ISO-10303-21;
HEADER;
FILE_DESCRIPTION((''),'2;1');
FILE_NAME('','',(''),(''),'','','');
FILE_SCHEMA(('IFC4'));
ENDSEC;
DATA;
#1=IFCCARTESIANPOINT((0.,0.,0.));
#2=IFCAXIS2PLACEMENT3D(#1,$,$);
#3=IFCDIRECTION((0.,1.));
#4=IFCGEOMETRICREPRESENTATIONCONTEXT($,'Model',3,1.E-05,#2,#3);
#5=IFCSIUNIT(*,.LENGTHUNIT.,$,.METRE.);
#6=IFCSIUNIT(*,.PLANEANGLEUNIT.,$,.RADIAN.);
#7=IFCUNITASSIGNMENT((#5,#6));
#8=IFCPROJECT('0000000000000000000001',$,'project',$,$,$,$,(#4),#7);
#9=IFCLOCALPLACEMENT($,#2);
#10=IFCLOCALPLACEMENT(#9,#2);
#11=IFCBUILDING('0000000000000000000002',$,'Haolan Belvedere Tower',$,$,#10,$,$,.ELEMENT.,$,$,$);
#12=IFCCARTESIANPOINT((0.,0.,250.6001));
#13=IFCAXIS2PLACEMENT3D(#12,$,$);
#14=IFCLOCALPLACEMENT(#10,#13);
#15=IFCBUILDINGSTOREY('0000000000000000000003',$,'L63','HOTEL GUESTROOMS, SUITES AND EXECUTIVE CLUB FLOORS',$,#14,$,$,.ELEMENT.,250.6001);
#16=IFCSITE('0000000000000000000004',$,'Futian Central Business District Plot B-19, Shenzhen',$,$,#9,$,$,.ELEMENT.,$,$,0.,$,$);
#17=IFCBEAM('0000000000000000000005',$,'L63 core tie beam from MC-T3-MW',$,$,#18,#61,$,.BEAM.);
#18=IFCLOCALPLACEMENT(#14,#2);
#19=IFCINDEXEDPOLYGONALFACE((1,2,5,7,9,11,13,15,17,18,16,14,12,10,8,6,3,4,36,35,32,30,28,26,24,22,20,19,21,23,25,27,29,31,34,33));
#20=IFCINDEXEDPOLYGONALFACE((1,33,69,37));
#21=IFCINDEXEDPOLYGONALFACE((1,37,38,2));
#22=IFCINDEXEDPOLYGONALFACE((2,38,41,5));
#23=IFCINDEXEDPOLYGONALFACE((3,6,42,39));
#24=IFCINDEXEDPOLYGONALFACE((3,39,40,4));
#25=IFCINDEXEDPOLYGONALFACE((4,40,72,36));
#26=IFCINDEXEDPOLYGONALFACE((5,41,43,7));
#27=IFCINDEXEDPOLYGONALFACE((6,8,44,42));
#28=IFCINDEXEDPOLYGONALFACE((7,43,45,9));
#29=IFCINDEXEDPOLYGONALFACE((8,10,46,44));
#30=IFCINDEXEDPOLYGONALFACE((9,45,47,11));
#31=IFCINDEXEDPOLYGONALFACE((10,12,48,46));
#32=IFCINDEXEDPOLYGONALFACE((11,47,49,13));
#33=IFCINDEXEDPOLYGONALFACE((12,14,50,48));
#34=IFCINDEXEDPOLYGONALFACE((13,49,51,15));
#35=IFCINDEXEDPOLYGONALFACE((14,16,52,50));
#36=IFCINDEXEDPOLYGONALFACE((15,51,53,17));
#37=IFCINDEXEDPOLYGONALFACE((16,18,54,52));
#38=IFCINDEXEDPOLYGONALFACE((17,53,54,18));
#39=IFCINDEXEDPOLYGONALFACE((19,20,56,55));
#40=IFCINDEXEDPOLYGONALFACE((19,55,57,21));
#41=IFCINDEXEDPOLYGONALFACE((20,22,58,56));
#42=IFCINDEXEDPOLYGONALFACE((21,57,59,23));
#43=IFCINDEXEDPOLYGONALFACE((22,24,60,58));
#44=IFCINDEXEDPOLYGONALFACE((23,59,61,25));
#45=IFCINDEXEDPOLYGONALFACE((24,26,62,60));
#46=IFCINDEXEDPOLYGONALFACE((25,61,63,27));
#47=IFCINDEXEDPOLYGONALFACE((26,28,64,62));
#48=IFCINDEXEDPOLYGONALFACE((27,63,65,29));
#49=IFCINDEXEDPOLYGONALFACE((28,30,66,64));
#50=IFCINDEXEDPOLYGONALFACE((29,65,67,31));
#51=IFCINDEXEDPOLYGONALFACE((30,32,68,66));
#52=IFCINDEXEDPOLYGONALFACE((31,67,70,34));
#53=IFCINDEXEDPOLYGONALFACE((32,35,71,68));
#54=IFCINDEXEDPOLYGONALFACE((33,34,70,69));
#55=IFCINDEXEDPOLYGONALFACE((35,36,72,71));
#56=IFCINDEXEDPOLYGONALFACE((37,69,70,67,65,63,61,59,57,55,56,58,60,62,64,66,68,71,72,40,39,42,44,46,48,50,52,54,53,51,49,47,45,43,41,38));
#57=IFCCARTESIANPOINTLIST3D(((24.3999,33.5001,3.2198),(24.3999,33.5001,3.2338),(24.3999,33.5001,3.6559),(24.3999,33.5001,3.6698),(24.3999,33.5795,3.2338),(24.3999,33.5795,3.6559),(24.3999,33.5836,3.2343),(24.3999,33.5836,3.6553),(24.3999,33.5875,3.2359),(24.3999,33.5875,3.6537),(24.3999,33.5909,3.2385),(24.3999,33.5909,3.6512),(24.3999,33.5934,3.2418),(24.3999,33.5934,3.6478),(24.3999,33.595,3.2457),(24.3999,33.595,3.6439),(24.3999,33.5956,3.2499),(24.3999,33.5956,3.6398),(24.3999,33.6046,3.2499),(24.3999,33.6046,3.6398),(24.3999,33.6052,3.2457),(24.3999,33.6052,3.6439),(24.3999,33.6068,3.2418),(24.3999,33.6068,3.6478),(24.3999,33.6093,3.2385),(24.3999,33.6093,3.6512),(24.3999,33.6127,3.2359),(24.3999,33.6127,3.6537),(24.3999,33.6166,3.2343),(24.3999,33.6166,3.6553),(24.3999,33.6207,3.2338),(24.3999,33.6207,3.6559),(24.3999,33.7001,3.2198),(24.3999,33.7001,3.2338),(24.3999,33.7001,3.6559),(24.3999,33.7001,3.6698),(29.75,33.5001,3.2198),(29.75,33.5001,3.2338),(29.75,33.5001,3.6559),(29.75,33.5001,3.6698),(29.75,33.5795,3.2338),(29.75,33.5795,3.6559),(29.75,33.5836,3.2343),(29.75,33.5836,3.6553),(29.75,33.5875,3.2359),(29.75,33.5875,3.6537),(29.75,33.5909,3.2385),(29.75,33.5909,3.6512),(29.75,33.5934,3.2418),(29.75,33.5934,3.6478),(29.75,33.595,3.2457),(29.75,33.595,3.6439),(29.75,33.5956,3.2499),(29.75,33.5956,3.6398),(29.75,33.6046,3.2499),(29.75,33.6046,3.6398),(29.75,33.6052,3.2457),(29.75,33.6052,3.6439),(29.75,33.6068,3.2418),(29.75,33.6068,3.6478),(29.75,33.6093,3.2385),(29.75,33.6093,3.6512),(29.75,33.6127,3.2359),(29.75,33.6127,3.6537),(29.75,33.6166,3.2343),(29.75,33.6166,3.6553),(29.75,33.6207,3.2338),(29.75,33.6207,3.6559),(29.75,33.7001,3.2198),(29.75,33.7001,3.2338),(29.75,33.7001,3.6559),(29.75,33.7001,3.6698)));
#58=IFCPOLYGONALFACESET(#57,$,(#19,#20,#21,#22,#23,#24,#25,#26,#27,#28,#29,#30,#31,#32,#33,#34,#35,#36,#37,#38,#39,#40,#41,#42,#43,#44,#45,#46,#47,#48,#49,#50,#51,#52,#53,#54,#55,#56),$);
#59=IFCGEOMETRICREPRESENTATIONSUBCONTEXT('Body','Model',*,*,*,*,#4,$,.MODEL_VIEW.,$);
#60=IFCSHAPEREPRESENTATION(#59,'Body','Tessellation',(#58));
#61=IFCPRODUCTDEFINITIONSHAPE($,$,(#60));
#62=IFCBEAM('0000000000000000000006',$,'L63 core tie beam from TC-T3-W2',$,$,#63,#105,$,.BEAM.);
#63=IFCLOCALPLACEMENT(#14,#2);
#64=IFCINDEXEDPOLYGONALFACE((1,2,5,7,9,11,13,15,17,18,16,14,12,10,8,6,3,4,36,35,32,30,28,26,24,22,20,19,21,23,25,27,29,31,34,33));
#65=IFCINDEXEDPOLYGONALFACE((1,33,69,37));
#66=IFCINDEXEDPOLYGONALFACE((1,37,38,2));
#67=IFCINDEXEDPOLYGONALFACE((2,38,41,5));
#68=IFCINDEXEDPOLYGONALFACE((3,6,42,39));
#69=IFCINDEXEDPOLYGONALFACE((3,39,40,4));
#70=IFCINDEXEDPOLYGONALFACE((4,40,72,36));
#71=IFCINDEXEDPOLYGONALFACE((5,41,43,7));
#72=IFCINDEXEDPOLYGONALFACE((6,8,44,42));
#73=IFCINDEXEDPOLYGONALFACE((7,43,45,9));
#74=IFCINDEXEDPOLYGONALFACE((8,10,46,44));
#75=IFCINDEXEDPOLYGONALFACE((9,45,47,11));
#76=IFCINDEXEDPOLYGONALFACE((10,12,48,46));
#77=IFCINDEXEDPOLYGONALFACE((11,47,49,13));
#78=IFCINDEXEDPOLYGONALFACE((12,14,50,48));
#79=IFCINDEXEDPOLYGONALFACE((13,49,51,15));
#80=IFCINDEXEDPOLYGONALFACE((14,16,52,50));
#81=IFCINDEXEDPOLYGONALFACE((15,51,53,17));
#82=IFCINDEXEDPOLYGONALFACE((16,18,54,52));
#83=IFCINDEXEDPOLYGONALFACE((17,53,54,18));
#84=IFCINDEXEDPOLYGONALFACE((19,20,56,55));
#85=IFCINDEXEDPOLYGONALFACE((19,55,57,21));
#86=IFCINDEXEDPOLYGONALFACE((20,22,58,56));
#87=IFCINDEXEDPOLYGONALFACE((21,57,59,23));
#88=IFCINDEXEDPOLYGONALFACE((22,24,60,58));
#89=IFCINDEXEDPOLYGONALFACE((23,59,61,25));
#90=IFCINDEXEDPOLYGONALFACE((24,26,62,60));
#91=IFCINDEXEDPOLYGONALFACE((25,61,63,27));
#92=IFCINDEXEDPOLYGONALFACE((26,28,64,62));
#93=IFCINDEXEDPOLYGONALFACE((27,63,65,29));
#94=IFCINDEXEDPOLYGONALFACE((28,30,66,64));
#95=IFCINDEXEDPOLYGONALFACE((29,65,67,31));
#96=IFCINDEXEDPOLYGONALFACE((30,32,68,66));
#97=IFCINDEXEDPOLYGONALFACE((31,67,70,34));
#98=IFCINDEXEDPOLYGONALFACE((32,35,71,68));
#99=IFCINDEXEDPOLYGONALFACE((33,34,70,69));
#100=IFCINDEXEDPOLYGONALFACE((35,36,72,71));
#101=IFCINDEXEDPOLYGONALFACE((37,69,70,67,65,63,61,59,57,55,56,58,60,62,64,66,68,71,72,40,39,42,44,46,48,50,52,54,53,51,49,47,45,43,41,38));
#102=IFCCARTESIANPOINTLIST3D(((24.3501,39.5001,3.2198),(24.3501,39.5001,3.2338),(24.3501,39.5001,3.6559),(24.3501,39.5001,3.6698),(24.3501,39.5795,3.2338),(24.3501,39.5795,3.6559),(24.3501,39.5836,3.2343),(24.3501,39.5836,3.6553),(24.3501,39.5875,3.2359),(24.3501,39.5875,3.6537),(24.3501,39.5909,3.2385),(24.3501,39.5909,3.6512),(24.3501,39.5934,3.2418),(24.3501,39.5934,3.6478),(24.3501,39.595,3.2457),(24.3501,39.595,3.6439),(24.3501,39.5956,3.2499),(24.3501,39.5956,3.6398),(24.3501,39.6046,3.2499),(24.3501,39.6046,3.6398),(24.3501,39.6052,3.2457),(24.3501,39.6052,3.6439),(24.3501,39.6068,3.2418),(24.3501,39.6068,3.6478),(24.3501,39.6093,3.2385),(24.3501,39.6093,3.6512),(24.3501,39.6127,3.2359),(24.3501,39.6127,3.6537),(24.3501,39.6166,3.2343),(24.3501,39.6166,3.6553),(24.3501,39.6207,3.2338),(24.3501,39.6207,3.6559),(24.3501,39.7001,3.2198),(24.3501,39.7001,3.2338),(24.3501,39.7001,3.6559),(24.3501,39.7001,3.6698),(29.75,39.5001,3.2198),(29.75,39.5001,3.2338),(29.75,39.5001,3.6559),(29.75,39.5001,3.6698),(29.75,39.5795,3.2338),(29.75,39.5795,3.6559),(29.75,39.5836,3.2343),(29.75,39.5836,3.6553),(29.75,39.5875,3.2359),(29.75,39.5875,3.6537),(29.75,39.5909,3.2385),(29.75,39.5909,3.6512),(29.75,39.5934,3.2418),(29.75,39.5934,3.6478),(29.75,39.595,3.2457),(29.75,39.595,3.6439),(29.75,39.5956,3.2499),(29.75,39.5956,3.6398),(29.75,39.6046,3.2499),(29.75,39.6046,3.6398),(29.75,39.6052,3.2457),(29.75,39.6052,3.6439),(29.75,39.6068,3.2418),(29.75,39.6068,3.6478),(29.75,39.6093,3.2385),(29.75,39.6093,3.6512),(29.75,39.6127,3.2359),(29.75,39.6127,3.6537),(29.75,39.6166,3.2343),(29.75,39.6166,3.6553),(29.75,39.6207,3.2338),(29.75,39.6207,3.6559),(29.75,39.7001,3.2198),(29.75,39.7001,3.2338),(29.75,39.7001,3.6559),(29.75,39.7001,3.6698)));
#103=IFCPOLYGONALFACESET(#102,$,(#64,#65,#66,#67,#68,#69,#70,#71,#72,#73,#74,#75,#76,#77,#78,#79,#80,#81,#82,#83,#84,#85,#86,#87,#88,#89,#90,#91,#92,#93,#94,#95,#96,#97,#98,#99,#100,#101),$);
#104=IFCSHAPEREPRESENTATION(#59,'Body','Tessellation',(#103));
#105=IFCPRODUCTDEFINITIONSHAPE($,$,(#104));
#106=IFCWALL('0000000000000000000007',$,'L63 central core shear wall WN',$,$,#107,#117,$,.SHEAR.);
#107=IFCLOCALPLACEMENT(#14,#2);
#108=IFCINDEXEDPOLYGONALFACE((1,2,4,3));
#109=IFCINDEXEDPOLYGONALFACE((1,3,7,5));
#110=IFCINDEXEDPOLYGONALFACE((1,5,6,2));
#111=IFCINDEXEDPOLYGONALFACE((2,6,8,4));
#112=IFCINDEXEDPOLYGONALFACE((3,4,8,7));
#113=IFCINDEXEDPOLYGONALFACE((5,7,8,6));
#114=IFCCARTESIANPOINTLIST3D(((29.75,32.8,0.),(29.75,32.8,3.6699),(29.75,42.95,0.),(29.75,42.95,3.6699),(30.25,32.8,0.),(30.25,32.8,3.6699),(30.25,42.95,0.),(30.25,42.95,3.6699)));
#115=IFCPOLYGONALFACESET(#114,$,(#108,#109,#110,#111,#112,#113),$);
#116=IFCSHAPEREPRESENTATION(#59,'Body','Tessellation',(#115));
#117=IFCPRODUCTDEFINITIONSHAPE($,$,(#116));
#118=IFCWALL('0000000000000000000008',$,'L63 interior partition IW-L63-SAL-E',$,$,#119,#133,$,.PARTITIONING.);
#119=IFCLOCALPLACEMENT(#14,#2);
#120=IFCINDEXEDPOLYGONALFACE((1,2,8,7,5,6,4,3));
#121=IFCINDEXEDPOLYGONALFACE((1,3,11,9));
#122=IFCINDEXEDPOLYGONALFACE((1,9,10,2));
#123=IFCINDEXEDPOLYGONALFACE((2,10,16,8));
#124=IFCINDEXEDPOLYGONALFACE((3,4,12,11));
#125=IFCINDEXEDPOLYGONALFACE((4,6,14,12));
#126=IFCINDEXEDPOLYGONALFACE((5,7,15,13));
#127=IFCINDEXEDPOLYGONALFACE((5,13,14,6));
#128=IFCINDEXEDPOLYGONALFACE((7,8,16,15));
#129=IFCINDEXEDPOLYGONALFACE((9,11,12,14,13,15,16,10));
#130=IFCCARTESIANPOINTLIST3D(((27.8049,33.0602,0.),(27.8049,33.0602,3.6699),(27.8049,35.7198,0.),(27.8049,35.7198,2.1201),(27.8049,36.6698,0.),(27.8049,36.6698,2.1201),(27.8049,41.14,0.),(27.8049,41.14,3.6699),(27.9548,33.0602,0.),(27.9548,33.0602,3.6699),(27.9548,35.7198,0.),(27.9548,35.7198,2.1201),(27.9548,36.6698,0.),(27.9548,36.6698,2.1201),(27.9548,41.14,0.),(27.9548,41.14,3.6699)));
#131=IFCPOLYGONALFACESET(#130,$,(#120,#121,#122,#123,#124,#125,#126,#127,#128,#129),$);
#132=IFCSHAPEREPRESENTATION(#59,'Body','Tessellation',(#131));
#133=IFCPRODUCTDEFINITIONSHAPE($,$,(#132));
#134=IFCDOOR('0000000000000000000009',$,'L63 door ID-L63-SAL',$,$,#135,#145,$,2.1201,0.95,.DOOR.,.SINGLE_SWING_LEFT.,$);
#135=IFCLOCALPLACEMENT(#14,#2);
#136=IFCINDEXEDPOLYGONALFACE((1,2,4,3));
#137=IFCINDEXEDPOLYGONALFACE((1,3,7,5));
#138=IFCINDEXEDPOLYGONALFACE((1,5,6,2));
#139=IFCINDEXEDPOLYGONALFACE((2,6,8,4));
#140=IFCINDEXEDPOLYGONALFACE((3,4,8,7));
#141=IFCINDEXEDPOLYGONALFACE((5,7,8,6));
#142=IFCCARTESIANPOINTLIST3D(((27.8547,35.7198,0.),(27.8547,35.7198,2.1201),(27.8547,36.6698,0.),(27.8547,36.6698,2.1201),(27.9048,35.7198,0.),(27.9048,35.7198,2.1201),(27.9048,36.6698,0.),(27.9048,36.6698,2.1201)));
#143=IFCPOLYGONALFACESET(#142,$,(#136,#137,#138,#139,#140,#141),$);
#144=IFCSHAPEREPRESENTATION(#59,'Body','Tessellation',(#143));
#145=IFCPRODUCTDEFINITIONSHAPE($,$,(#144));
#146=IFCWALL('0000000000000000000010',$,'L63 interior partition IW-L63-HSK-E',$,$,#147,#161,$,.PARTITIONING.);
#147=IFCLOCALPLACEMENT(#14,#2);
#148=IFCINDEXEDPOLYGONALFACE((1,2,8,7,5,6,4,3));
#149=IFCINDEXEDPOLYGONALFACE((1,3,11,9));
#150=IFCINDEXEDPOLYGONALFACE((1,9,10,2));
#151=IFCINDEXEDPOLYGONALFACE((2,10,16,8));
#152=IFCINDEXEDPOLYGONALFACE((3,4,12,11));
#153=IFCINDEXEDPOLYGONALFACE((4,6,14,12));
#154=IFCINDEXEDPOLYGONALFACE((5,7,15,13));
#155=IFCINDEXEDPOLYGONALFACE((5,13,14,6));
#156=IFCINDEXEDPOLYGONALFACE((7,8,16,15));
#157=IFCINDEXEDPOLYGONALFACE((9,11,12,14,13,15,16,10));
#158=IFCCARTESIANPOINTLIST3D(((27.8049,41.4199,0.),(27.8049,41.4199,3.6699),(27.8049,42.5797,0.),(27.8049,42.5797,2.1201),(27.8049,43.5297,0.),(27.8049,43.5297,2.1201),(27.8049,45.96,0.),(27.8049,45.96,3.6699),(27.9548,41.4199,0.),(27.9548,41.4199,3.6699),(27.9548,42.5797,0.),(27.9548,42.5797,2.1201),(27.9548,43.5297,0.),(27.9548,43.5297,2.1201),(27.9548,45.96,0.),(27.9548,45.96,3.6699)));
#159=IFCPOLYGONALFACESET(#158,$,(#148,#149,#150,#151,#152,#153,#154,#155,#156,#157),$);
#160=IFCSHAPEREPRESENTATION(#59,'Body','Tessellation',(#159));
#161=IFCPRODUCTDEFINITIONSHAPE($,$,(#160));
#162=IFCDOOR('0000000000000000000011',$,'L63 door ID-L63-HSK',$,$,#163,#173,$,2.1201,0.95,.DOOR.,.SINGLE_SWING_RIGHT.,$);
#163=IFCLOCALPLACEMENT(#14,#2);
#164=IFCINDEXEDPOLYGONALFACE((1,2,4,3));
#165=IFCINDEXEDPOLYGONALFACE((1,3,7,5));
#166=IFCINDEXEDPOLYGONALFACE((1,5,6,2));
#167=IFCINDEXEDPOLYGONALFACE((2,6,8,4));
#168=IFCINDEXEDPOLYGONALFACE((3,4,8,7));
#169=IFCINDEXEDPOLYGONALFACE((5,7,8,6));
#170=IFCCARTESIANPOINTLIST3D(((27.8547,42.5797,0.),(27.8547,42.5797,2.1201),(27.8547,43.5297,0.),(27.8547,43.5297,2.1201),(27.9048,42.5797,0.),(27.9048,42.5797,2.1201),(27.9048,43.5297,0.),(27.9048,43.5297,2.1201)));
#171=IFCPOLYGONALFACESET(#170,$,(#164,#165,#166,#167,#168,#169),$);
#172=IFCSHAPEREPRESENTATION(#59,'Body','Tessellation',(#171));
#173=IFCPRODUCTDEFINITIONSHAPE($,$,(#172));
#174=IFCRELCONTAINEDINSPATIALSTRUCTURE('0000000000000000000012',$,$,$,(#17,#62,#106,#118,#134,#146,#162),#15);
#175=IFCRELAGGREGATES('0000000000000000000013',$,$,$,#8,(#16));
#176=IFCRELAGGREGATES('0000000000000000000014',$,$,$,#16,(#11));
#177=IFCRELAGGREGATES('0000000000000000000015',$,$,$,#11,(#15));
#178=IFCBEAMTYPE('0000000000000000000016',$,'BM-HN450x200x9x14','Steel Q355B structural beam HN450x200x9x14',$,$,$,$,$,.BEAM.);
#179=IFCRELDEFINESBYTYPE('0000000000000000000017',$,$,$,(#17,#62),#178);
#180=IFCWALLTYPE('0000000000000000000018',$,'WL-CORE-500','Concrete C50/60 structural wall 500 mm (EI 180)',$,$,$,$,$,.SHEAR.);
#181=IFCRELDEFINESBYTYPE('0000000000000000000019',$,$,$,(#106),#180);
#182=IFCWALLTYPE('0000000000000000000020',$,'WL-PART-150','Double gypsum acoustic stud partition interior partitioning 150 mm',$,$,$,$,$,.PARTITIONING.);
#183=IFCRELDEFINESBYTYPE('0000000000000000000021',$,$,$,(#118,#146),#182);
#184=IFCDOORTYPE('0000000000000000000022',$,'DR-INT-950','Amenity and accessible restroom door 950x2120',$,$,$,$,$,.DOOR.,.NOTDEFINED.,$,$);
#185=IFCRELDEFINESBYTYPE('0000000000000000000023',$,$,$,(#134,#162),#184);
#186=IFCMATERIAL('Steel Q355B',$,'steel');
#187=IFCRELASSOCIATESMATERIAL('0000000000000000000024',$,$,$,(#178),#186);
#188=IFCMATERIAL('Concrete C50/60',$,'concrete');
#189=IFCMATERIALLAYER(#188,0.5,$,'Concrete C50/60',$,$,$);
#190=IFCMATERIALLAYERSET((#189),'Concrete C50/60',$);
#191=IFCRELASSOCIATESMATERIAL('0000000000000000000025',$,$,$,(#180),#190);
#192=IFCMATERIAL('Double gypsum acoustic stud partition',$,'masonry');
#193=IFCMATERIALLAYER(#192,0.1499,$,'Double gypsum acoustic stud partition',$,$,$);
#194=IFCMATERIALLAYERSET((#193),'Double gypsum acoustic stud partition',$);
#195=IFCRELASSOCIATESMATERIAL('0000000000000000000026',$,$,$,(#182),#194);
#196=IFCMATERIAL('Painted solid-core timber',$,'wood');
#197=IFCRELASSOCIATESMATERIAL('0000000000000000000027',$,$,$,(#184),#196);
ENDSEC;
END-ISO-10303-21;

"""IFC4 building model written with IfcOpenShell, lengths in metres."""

from ifc_helpers import new_model, si_unit, direction, frame, frame_2d, origin, origin_2d, place, context, subcontext, project, spatial, rectangle, i_section, extrude, material, layer, layer_set, material_profile, profile_set, type_object, element, fill, save


model = new_model("IFC4")

# Units and contexts
model_context = context("Model", 3, precision=1e-05, world=origin(), true_north=direction((0.0, 1.0)))
body_context = subcontext(model_context, "Body", "Model", "MODEL_VIEW")
ifc_project = project(units=[si_unit("LENGTHUNIT", "METRE"), si_unit("PLANEANGLEUNIT", "RADIAN")], contexts=[model_context])

# Site, building, storey
site_placement = place(None, origin())
site = spatial("IfcSite", under=ifc_project, at=site_placement, Name="Futian Central Business District Plot B-19, Shenzhen", CompositionType="ELEMENT", RefElevation=0.0)
building_placement = place(site_placement, origin())
building = spatial("IfcBuilding", under=site, at=building_placement, Name="Haolan Belvedere Tower", CompositionType="ELEMENT")
storey_placement = place(building_placement, frame((0.0, 0.0, 250.6001)))
storey = spatial("IfcBuildingStorey", under=building, at=storey_placement, Name="L63", Description="HOTEL GUESTROOMS, SUITES AND EXECUTIVE CLUB FLOORS", CompositionType="ELEMENT", Elevation=250.6001)

# Beams
ifc_material_1 = material(Name="Steel Q355B", Category="steel")
ifc_material_profile = material_profile(ifc_material_1, i_section(OverallWidth=0.2, OverallDepth=0.45, WebThickness=0.009, FlangeThickness=0.0139, FilletRadius=0.0161, at=origin_2d()), Name="Steel Q355B")
ifc_profile_set = profile_set([ifc_material_profile], Name="Steel Q355B")
beam_type = type_object("IfcBeamType", Name="BM-HN450x200x9x14", Description="Steel Q355B structural beam HN450x200x9x14", PredefinedType="BEAM", material=ifc_profile_set)
beam_1_placement = place(storey_placement, frame((24.3999, 33.6001, 3.4448), z_axis=(1.0, 0.0, 0.0), x_axis=(0.0, 1.0, 0.0)))
element("IfcBeam", 1, at=beam_1_placement, inside=storey, type_object=beam_type, Name="L63 core tie beam from MC-T3-MW", PredefinedType="BEAM", context=body_context, shape_type="SweptSolid", body=[
    extrude(i_section(OverallWidth=0.2, OverallDepth=0.45, WebThickness=0.009, FlangeThickness=0.0139, FilletRadius=0.0161, at=origin_2d()), origin(), (0.0, 0.0, 1.0), 5.3501),
])
beam_2_placement = place(storey_placement, frame((24.3501, 39.6001, 3.4448), z_axis=(1.0, 0.0, 0.0), x_axis=(0.0, 1.0, 0.0)))
element("IfcBeam", 2, at=beam_2_placement, inside=storey, type_object=beam_type, Name="L63 core tie beam from TC-T3-W2", PredefinedType="BEAM", context=body_context, shape_type="SweptSolid", body=[
    extrude(i_section(OverallWidth=0.2, OverallDepth=0.45, WebThickness=0.009, FlangeThickness=0.0139, FilletRadius=0.0161, at=origin_2d()), origin(), (0.0, 0.0, 1.0), 5.3999),
])

# Wall
ifc_material_2 = material(Name="Concrete C50/60", Category="concrete")
ifc_layer_1 = layer(ifc_material_2, 0.5, Name="Concrete C50/60")
ifc_layer_set_1 = layer_set([ifc_layer_1], Name="Concrete C50/60")
wall_type_1 = type_object("IfcWallType", Name="WL-CORE-500", Description="Concrete C50/60 structural wall 500 mm (EI 180)", PredefinedType="SHEAR", material=ifc_layer_set_1)
wall_1_placement = place(storey_placement, frame((30.0, 32.8, 0.0), z_axis=(0.0, 0.0, 1.0), x_axis=(0.0, 1.0, 0.0)))
element("IfcWall", 3, at=wall_1_placement, inside=storey, type_object=wall_type_1, Name="L63 central core shear wall WN", PredefinedType="SHEAR", context=body_context, shape_type="SweptSolid", body=[
    extrude(rectangle(XDim=10.1499, YDim=0.5, at=frame_2d((5.075, 0.0))), origin(), (0.0, 0.0, 1.0), 3.6699),
])

# Walls, openings, doors
ifc_material_3 = material(Name="Double gypsum acoustic stud partition", Category="masonry")
ifc_layer_2 = layer(ifc_material_3, 0.1499, Name="Double gypsum acoustic stud partition")
ifc_layer_set_2 = layer_set([ifc_layer_2], Name="Double gypsum acoustic stud partition")
wall_type_2 = type_object("IfcWallType", Name="WL-PART-150", Description="Double gypsum acoustic stud partition interior partitioning 150 mm", PredefinedType="PARTITIONING", material=ifc_layer_set_2)
wall_2_placement = place(storey_placement, frame((27.8799, 33.0601, 0.0), z_axis=(0.0, 0.0, 1.0), x_axis=(0.0, 1.0, 0.0)))
wall_2 = element("IfcWall", 4, at=wall_2_placement, inside=storey, type_object=wall_type_2, Name="L63 interior partition IW-L63-SAL-E", PredefinedType="PARTITIONING", context=body_context, shape_type="SweptSolid", body=[
    extrude(rectangle(XDim=8.0798, YDim=0.1499, at=frame_2d((4.04, 0.0))), origin(), (0.0, 0.0, 1.0), 3.6699),
])
opening_1_placement = place(wall_2_placement, frame((3.6099, 0.0, 0.0), z_axis=(0.0, 0.0, 1.0), x_axis=(-1.0, 0.0, 0.0)))
opening_1 = element("IfcOpeningElement", 5, at=opening_1_placement, cuts=wall_2, PredefinedType="OPENING", context=body_context, shape_type="SweptSolid", body=[
    extrude(rectangle(XDim=0.95, YDim=2.1201, at=frame_2d((0.4751, 1.0601))), frame((0.0, 0.085, 0.0), z_axis=(0.0, -1.0, 0.0), x_axis=(1.0, 0.0, 0.0)), (0.0, 0.0, 1.0), 0.1699),
])
ifc_material_4 = material(Name="Painted solid-core timber", Category="wood")
door_type_1 = type_object("IfcDoorType", Name="DR-INT-950", Description="Amenity and accessible restroom door 950x2120", OperationType="NOTDEFINED", PredefinedType="DOOR", material=ifc_material_4)
door_1_placement = place(opening_1_placement, origin())
door_1 = element("IfcDoor", 6, at=door_1_placement, inside=storey, type_object=door_type_1, Name="L63 door ID-L63-SAL", OperationType="SINGLE_SWING_LEFT", OverallHeight=2.1201, OverallWidth=0.95, PredefinedType="DOOR", context=body_context, shape_type="SweptSolid", body=[
    extrude(rectangle(XDim=0.95, YDim=2.1201, at=frame_2d((0.4751, 1.0601))), frame((0.0, 0.0249, 0.0), z_axis=(0.0, -1.0, 0.0), x_axis=(1.0, 0.0, 0.0)), (0.0, 0.0, 1.0), 0.05),
])
fill(opening_1, door_1)
wall_3_placement = place(storey_placement, frame((27.8799, 41.4199, 0.0), z_axis=(0.0, 0.0, 1.0), x_axis=(0.0, 1.0, 0.0)))
wall_3 = element("IfcWall", 7, at=wall_3_placement, inside=storey, type_object=wall_type_2, Name="L63 interior partition IW-L63-HSK-E", PredefinedType="PARTITIONING", context=body_context, shape_type="SweptSolid", body=[
    extrude(rectangle(XDim=4.54, YDim=0.1499, at=frame_2d((2.27, 0.0))), origin(), (0.0, 0.0, 1.0), 3.6699),
])
opening_2_placement = place(wall_3_placement, frame((2.1099, 0.0, 0.0), z_axis=(0.0, 0.0, 1.0), x_axis=(-1.0, 0.0, 0.0)))
opening_2 = element("IfcOpeningElement", 8, at=opening_2_placement, cuts=wall_3, PredefinedType="OPENING", context=body_context, shape_type="SweptSolid", body=[
    extrude(rectangle(XDim=0.95, YDim=2.1201, at=frame_2d((0.4751, 1.0601))), frame((0.0, 0.085, 0.0), z_axis=(0.0, -1.0, 0.0), x_axis=(1.0, 0.0, 0.0)), (0.0, 0.0, 1.0), 0.1699),
])
door_2_placement = place(opening_2_placement, origin())
door_2 = element("IfcDoor", 9, at=door_2_placement, inside=storey, type_object=door_type_1, Name="L63 door ID-L63-HSK", OperationType="SINGLE_SWING_RIGHT", OverallHeight=2.1201, OverallWidth=0.95, PredefinedType="DOOR", context=body_context, shape_type="SweptSolid", body=[
    extrude(rectangle(XDim=0.95, YDim=2.1201, at=frame_2d((0.4751, 1.0601))), frame((0.0, 0.0249, 0.0), z_axis=(0.0, -1.0, 0.0), x_axis=(1.0, 0.0, 0.0)), (0.0, 0.0, 1.0), 0.05),
])
fill(opening_2, door_2)

save(model, "model.ifc")
